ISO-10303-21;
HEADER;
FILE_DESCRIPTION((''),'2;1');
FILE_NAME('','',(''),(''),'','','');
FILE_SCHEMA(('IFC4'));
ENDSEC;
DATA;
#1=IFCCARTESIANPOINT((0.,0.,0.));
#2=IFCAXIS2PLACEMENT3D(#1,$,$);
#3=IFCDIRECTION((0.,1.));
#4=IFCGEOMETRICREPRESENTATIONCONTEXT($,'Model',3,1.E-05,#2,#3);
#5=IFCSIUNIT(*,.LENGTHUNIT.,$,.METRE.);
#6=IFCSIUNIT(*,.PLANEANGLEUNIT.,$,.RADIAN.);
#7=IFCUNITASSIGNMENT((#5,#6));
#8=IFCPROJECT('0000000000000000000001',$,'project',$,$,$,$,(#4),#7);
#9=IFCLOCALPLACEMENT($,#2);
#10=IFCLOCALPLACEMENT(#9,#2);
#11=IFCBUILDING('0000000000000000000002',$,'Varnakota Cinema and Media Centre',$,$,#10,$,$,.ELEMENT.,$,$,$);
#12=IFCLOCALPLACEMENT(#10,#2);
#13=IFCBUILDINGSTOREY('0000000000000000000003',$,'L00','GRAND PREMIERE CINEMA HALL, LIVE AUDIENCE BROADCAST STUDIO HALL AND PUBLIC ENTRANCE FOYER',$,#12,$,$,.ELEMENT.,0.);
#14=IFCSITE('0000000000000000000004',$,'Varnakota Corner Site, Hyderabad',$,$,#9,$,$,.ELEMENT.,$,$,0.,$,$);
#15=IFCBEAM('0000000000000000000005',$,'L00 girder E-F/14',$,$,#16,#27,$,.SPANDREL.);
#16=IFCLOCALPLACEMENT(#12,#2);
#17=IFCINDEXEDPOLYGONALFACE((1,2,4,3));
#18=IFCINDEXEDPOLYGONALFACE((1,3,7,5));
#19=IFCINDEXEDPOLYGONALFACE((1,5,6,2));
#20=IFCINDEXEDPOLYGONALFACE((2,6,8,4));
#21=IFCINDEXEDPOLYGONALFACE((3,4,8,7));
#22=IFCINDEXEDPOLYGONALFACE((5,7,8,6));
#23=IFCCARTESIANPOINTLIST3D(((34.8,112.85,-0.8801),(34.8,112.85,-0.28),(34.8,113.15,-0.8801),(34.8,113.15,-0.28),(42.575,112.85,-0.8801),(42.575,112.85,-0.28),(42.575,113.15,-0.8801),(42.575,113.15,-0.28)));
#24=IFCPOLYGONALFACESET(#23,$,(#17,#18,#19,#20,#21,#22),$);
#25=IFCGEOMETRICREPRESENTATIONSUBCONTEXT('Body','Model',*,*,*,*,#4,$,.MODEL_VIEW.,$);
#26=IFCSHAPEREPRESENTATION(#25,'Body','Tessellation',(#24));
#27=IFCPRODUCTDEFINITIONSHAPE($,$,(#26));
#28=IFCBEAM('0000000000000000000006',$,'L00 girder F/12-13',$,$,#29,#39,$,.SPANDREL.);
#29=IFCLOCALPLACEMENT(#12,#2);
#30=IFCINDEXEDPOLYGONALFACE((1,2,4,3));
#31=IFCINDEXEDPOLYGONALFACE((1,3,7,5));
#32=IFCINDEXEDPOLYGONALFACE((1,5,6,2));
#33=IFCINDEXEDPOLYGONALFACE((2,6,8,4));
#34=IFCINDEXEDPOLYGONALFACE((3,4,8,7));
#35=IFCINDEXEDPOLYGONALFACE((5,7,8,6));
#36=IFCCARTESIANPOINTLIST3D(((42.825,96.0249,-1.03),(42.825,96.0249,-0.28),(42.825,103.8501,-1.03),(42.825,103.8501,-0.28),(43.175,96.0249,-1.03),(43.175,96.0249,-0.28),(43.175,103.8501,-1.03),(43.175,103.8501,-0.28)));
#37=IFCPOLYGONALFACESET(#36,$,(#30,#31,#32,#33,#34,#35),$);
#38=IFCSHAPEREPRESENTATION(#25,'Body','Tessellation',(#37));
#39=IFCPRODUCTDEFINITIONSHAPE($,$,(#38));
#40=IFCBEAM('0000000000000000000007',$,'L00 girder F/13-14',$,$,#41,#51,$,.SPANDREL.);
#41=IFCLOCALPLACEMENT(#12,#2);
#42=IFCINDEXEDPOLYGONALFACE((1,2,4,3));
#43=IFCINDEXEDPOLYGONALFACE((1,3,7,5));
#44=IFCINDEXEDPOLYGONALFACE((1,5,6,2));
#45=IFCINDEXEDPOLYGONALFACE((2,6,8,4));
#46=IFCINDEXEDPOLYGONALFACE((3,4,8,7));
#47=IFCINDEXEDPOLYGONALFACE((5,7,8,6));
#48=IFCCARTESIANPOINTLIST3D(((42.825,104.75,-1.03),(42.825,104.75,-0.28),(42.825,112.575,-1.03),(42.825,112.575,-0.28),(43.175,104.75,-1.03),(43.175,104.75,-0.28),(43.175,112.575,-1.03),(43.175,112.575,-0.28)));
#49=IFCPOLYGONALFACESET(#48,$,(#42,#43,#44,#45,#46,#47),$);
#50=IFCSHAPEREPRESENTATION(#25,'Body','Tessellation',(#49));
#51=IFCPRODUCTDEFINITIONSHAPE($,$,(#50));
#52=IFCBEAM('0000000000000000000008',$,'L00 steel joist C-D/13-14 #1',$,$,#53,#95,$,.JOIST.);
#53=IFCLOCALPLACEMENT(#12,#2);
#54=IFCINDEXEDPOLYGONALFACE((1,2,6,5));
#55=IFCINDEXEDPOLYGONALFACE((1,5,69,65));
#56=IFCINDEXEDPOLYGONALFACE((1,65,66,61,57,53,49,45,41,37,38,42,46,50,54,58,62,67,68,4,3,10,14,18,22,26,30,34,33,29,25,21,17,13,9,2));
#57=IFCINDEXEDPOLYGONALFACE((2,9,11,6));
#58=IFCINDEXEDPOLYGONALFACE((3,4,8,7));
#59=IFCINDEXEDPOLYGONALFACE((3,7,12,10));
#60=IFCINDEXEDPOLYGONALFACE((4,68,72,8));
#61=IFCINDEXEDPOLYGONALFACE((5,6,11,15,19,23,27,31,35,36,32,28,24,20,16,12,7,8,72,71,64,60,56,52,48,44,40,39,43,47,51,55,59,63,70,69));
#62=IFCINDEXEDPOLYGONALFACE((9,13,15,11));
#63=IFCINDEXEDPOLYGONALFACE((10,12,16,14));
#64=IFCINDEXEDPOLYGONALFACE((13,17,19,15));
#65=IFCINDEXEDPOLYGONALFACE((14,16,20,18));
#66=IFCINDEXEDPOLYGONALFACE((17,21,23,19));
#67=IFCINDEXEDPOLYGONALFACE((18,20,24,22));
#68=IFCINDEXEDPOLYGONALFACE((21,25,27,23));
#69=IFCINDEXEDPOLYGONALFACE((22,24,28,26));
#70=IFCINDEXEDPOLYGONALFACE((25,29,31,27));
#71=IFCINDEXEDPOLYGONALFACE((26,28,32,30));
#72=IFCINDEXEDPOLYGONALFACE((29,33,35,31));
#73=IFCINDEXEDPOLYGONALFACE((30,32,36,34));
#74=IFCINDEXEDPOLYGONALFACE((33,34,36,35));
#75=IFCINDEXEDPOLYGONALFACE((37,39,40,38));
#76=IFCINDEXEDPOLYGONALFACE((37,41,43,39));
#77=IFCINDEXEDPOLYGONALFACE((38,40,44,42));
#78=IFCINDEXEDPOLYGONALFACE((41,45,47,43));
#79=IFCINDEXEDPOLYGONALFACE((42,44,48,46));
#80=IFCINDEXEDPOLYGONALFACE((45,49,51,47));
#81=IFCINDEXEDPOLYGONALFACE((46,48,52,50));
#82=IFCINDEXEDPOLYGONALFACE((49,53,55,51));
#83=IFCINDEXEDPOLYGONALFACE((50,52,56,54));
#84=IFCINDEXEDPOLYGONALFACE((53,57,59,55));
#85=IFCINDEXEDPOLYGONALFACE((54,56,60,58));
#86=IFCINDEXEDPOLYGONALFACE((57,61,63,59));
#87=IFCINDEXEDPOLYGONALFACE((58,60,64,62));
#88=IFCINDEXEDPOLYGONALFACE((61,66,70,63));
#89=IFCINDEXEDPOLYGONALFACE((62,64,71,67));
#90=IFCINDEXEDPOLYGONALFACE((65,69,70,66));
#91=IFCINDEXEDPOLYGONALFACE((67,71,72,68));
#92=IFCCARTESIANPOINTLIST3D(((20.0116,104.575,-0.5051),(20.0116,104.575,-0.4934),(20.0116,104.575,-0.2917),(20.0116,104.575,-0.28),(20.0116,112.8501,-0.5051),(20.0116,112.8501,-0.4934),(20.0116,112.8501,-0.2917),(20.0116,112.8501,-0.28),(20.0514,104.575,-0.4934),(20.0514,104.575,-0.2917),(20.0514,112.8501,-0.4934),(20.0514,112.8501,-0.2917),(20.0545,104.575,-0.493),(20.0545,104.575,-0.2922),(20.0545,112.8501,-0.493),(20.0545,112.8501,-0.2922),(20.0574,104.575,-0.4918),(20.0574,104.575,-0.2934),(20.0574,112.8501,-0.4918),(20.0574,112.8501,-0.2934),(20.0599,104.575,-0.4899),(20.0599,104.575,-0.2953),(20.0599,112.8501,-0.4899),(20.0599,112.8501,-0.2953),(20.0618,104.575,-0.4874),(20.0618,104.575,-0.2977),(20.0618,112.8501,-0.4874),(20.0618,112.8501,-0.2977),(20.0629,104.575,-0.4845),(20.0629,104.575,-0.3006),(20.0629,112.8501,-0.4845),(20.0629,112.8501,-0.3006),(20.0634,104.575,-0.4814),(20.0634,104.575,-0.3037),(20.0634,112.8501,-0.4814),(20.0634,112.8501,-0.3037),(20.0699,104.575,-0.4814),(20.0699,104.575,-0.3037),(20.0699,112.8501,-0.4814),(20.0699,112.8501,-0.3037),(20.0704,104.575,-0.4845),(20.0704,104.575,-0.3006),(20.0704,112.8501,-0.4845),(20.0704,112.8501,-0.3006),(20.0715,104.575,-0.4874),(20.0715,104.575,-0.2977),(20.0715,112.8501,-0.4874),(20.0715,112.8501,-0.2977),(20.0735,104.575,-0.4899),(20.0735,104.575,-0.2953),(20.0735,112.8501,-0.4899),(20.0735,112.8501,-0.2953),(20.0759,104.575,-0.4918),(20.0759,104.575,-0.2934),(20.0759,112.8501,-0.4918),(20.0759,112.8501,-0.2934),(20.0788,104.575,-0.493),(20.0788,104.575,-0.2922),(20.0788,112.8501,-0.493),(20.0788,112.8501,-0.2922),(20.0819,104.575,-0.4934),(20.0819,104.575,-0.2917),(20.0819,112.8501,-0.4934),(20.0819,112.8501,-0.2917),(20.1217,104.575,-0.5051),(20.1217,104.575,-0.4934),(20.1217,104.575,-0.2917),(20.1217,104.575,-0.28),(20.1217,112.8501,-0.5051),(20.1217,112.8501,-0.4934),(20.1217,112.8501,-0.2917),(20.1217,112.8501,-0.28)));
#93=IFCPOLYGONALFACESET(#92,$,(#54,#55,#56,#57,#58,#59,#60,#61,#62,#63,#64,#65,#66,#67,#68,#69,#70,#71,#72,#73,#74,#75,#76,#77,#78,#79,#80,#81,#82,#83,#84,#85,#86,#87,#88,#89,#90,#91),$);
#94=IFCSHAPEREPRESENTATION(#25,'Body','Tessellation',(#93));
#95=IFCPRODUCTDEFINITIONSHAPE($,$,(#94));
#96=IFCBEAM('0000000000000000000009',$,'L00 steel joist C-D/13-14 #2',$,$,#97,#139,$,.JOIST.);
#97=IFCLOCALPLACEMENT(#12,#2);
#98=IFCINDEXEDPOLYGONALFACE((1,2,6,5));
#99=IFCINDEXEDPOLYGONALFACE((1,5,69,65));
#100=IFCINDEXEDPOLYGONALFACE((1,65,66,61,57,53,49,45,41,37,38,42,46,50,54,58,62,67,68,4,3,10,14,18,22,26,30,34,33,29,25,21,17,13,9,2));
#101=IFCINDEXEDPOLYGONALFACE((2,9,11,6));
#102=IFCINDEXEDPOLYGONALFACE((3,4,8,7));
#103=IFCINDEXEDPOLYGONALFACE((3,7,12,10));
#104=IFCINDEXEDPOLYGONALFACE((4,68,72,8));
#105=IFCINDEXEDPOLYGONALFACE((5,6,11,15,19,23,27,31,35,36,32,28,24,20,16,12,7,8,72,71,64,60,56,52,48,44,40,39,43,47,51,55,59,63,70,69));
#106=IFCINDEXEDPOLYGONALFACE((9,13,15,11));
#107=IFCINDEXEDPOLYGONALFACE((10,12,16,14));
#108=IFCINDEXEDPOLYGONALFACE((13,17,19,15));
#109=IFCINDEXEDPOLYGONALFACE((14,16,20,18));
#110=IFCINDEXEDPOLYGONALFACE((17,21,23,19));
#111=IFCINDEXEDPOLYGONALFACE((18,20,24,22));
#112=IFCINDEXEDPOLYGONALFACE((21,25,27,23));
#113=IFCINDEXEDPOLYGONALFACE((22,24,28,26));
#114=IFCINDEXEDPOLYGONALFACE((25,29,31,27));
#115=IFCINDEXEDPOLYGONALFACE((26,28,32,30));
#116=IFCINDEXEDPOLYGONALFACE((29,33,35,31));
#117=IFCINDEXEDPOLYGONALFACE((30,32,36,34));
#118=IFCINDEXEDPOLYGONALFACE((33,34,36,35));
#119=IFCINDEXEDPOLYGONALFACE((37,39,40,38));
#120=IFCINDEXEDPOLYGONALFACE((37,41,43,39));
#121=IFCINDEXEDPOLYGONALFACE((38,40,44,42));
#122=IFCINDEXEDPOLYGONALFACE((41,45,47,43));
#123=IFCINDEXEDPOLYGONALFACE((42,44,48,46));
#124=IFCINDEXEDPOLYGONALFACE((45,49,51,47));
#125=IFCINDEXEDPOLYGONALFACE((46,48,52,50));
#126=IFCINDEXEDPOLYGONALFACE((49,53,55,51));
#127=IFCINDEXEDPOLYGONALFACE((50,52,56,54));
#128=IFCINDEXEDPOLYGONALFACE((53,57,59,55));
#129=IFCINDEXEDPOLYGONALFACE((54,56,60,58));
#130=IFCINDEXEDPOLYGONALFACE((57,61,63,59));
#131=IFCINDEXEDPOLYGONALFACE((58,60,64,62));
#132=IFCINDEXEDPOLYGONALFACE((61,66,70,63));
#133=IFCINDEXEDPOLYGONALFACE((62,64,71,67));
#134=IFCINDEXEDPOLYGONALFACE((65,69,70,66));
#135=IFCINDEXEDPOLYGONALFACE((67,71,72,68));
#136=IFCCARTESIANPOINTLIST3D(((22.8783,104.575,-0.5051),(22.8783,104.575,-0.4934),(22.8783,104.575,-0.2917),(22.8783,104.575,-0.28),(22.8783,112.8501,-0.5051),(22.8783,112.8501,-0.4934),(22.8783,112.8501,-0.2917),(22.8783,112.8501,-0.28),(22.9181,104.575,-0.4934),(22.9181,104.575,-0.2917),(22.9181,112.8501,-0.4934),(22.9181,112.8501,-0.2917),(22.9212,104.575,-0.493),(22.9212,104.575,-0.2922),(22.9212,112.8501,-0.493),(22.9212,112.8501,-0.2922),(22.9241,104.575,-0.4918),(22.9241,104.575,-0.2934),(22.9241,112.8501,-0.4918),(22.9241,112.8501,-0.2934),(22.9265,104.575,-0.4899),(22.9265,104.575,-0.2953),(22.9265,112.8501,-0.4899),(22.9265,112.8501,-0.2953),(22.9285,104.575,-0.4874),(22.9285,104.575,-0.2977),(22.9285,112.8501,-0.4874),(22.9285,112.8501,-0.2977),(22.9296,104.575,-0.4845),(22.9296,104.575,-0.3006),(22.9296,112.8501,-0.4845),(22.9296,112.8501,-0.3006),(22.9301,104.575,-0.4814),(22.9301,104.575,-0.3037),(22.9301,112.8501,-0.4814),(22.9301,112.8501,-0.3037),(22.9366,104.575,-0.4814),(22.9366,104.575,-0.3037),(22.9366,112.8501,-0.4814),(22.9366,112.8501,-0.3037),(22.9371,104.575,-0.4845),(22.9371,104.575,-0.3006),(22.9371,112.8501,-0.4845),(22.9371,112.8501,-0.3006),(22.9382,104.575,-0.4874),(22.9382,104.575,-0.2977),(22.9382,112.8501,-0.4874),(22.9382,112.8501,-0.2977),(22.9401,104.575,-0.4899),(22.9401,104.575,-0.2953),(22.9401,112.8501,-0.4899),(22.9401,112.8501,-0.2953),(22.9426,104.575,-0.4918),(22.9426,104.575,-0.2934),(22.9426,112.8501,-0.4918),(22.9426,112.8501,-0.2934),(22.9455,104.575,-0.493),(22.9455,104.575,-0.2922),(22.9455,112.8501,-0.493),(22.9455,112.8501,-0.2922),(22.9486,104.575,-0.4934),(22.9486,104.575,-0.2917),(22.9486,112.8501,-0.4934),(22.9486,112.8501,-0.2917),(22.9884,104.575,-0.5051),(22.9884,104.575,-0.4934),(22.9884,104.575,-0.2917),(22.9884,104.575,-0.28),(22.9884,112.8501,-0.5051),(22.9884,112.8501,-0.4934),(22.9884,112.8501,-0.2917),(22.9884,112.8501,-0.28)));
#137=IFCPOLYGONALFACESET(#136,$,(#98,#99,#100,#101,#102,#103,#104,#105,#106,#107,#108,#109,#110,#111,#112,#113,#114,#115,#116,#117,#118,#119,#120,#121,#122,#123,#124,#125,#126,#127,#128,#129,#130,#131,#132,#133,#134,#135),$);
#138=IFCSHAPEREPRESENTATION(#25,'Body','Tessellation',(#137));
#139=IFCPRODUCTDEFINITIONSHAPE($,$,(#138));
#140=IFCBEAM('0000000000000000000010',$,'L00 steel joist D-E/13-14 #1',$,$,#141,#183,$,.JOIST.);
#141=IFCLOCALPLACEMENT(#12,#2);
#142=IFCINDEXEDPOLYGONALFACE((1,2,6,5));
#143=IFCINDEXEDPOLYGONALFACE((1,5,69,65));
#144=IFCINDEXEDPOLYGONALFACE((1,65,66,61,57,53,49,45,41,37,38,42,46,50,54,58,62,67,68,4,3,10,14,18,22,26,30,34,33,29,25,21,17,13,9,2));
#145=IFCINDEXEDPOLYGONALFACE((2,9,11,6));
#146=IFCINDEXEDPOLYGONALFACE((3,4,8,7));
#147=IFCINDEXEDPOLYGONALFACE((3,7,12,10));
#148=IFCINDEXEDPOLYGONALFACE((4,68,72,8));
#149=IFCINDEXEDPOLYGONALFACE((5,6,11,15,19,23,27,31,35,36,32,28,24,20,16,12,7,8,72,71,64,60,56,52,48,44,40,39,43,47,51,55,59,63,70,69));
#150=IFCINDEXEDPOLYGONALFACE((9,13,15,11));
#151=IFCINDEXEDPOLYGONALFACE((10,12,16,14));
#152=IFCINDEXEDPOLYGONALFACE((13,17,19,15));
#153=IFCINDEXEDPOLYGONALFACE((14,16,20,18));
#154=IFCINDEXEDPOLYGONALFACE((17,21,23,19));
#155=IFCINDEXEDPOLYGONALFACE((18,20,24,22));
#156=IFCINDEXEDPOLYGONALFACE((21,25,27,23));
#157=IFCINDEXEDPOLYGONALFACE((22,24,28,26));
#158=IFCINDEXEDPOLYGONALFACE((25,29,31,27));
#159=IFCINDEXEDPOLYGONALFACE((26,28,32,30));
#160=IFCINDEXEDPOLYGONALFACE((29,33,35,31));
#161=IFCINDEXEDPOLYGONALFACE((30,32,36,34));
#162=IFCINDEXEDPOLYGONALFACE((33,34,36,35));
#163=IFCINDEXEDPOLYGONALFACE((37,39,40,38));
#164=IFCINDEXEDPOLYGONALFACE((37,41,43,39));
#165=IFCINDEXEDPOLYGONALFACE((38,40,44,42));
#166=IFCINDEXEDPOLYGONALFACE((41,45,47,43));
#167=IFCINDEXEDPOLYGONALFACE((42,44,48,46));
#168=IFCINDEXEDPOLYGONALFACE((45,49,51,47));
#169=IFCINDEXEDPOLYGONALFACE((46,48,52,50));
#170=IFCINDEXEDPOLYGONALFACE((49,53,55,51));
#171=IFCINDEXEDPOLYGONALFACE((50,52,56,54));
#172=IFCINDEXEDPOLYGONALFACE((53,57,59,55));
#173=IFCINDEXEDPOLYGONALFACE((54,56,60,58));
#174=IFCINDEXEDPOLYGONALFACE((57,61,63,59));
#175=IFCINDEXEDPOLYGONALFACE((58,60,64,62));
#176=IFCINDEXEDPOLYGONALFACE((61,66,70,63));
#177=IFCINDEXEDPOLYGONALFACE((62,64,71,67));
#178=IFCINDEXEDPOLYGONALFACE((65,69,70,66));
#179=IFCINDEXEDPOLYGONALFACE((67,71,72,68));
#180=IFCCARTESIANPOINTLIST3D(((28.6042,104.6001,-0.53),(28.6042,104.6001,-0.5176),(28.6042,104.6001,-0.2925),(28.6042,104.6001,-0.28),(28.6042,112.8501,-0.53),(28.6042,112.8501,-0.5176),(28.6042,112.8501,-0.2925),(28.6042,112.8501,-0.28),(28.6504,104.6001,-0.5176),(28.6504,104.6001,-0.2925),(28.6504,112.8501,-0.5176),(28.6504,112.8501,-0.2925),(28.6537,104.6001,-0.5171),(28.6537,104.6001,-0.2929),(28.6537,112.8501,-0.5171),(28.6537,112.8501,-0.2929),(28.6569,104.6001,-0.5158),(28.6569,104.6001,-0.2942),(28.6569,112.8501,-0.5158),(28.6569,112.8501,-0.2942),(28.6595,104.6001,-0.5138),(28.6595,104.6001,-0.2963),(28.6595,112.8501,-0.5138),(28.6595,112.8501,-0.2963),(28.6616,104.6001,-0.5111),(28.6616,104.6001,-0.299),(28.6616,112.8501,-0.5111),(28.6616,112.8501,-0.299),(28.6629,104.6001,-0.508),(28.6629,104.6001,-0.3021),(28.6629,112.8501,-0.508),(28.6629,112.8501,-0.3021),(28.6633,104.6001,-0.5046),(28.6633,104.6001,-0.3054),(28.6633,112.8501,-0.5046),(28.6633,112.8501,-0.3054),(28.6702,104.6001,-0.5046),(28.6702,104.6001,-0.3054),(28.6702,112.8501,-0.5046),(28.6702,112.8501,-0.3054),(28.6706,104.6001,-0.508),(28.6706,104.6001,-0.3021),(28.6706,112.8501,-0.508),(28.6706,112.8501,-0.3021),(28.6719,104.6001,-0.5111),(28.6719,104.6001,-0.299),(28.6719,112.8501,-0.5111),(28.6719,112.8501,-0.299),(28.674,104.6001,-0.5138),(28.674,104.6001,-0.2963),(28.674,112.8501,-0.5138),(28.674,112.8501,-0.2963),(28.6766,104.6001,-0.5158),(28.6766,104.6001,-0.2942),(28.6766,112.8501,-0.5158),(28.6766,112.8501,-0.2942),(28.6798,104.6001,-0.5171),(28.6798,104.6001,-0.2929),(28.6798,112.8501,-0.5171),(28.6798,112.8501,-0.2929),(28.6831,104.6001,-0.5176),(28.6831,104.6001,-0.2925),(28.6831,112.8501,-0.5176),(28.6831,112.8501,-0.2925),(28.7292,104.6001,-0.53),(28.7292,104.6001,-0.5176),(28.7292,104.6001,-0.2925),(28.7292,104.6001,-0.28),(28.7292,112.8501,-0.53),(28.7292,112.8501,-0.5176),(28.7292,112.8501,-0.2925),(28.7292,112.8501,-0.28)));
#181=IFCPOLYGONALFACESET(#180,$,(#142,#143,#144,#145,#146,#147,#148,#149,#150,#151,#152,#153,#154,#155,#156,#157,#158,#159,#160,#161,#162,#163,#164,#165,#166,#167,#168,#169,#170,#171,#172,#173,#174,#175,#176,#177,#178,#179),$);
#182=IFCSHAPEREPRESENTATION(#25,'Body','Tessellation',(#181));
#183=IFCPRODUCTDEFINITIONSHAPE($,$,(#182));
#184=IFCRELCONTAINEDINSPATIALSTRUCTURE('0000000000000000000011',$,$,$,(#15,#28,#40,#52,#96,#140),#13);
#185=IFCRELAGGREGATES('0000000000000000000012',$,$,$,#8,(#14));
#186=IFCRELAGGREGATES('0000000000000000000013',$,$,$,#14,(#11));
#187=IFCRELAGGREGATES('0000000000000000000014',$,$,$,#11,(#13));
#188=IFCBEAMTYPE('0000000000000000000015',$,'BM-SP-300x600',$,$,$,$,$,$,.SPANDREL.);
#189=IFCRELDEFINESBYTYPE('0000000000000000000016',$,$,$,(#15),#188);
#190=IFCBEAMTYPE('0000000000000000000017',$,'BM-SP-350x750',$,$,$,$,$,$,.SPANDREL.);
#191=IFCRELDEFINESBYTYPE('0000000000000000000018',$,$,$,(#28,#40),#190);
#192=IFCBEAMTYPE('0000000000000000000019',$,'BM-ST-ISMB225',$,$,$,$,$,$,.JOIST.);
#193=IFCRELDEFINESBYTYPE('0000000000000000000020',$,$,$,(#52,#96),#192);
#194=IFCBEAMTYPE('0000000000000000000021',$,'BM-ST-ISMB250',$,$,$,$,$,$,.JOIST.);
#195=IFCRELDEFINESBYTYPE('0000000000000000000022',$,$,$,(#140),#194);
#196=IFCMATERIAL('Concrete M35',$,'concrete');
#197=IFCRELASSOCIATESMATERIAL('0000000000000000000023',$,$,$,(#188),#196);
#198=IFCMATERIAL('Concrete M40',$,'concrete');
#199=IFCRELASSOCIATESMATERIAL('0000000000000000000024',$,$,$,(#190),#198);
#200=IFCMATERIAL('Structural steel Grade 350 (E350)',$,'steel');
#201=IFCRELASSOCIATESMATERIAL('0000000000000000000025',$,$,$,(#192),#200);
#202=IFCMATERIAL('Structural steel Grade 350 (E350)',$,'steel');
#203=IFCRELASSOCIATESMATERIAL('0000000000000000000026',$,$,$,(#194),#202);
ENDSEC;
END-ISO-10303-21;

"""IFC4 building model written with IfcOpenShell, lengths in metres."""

from ifc_helpers import new_model, si_unit, direction, frame, origin, origin_2d, place, context, subcontext, project, spatial, rectangle, i_section, extrude, material, material_profile, profile_set, type_object, element, save


model = new_model("IFC4")

# Units and contexts
model_context = context("Model", 3, precision=1e-05, world=origin(), true_north=direction((0.0, 1.0)))
body_context = subcontext(model_context, "Body", "Model", "MODEL_VIEW")
ifc_project = project(units=[si_unit("LENGTHUNIT", "METRE"), si_unit("PLANEANGLEUNIT", "RADIAN")], contexts=[model_context])

# Site, building, storey
site_placement = place(None, origin())
site = spatial("IfcSite", under=ifc_project, at=site_placement, Name="Varnakota Corner Site, Hyderabad", CompositionType="ELEMENT", RefElevation=0.0)
building_placement = place(site_placement, origin())
building = spatial("IfcBuilding", under=site, at=building_placement, Name="Varnakota Cinema and Media Centre", CompositionType="ELEMENT")
storey_placement = place(building_placement, origin())
storey = spatial("IfcBuildingStorey", under=building, at=storey_placement, Name="L00", Description="GRAND PREMIERE CINEMA HALL, LIVE AUDIENCE BROADCAST STUDIO HALL AND PUBLIC ENTRANCE FOYER", CompositionType="ELEMENT", Elevation=0.0)

# Beams
ifc_material_1 = material(Name="Concrete M35", Category="concrete")
ifc_material_profile_1 = material_profile(ifc_material_1, rectangle(XDim=0.3, YDim=0.6001, at=origin_2d()), Name="RCB 300x600")
ifc_profile_set_1 = profile_set([ifc_material_profile_1], Name="Concrete M35")
beam_type_1 = type_object("IfcBeamType", Name="BM-SP-300x600", PredefinedType="SPANDREL", material=ifc_profile_set_1)
for number, where, z_axis, x_axis, name in (
    (1, (34.8, 113.0, -0.5801), (1.0, 0.0, 0.0), (0.0, 1.0, 0.0), "L00 girder E-F/14"),
):
    element("IfcBeam", number, at=place(storey_placement, frame(where, z_axis=z_axis, x_axis=x_axis)), inside=storey, type_object=beam_type_1, Name=name, PredefinedType="SPANDREL", context=body_context, shape_type="SweptSolid", body=[
        extrude(rectangle(XDim=0.3, YDim=0.6001, at=origin_2d()), origin(), (0.0, 0.0, 1.0), 7.7749),
    ])
ifc_material_2 = material(Name="Concrete M40", Category="concrete")
ifc_material_profile_2 = material_profile(ifc_material_2, rectangle(XDim=0.3501, YDim=0.75, at=origin_2d()), Name="RCB 350x750")
ifc_profile_set_2 = profile_set([ifc_material_profile_2], Name="Concrete M40")
beam_type_2 = type_object("IfcBeamType", Name="BM-SP-350x750", PredefinedType="SPANDREL", material=ifc_profile_set_2)
beam_1_placement = place(storey_placement, frame((43.0, 96.0249, -0.655), z_axis=(0.0, 1.0, 0.0), x_axis=(-1.0, 0.0, 0.0)))
element("IfcBeam", 2, at=beam_1_placement, inside=storey, type_object=beam_type_2, Name="L00 girder F/12-13", PredefinedType="SPANDREL", context=body_context, shape_type="SweptSolid", body=[
    extrude(rectangle(XDim=0.3501, YDim=0.75, at=origin_2d()), origin(), (0.0, 0.0, 1.0), 7.8252),
])
beam_2_placement = place(storey_placement, frame((43.0, 104.75, -0.655), z_axis=(0.0, 1.0, 0.0), x_axis=(-1.0, 0.0, 0.0)))
element("IfcBeam", 3, at=beam_2_placement, inside=storey, type_object=beam_type_2, Name="L00 girder F/13-14", PredefinedType="SPANDREL", context=body_context, shape_type="SweptSolid", body=[
    extrude(rectangle(XDim=0.3501, YDim=0.75, at=origin_2d()), origin(), (0.0, 0.0, 1.0), 7.825),
])
ifc_material_3 = material(Name="Structural steel Grade 350 (E350)", Category="steel")
ifc_material_profile_3 = material_profile(ifc_material_3, i_section(OverallWidth=0.1101, OverallDepth=0.2251, WebThickness=0.0066, FlangeThickness=0.0117, FilletRadius=0.012, at=origin_2d()), Name="ISMB 225")
ifc_profile_set_3 = profile_set([ifc_material_profile_3], Name="Structural steel Grade 350 (E350)")
beam_type_3 = type_object("IfcBeamType", Name="BM-ST-ISMB225", PredefinedType="JOIST", material=ifc_profile_set_3)
for number, where, z_axis, x_axis, name in (
    (4, (20.0667, 104.575, -0.3926), (0.0, 1.0, 0.0), (-1.0, 0.0, 0.0), "L00 steel joist C-D/13-14 #1"),
    (5, (22.9333, 104.575, -0.3926), (0.0, 1.0, 0.0), (-1.0, 0.0, 0.0), "L00 steel joist C-D/13-14 #2"),
):
    element("IfcBeam", number, at=place(storey_placement, frame(where, z_axis=z_axis, x_axis=x_axis)), inside=storey, type_object=beam_type_3, Name=name, PredefinedType="JOIST", context=body_context, shape_type="SweptSolid", body=[
        extrude(i_section(OverallWidth=0.1101, OverallDepth=0.2251, WebThickness=0.0066, FlangeThickness=0.0117, FilletRadius=0.012, at=origin_2d()), origin(), (0.0, 0.0, 1.0), 8.2751),
    ])
ifc_material_4 = material(Name="Structural steel Grade 350 (E350)", Category="steel")
ifc_material_profile_4 = material_profile(ifc_material_4, i_section(OverallWidth=0.125, OverallDepth=0.25, WebThickness=0.0068, FlangeThickness=0.0125, FilletRadius=0.0129, at=origin_2d()), Name="ISMB 250")
ifc_profile_set_4 = profile_set([ifc_material_profile_4], Name="Structural steel Grade 350 (E350)")
beam_type_4 = type_object("IfcBeamType", Name="BM-ST-ISMB250", PredefinedType="JOIST", material=ifc_profile_set_4)
for number, where, z_axis, x_axis, name in (
    (6, (28.6667, 104.6001, -0.405), (0.0, 1.0, 0.0), (-1.0, 0.0, 0.0), "L00 steel joist D-E/13-14 #1"),
):
    element("IfcBeam", number, at=place(storey_placement, frame(where, z_axis=z_axis, x_axis=x_axis)), inside=storey, type_object=beam_type_4, Name=name, PredefinedType="JOIST", context=body_context, shape_type="SweptSolid", body=[
        extrude(i_section(OverallWidth=0.125, OverallDepth=0.25, WebThickness=0.0068, FlangeThickness=0.0125, FilletRadius=0.0129, at=origin_2d()), origin(), (0.0, 0.0, 1.0), 8.25),
    ])

save(model, "model.ifc")
